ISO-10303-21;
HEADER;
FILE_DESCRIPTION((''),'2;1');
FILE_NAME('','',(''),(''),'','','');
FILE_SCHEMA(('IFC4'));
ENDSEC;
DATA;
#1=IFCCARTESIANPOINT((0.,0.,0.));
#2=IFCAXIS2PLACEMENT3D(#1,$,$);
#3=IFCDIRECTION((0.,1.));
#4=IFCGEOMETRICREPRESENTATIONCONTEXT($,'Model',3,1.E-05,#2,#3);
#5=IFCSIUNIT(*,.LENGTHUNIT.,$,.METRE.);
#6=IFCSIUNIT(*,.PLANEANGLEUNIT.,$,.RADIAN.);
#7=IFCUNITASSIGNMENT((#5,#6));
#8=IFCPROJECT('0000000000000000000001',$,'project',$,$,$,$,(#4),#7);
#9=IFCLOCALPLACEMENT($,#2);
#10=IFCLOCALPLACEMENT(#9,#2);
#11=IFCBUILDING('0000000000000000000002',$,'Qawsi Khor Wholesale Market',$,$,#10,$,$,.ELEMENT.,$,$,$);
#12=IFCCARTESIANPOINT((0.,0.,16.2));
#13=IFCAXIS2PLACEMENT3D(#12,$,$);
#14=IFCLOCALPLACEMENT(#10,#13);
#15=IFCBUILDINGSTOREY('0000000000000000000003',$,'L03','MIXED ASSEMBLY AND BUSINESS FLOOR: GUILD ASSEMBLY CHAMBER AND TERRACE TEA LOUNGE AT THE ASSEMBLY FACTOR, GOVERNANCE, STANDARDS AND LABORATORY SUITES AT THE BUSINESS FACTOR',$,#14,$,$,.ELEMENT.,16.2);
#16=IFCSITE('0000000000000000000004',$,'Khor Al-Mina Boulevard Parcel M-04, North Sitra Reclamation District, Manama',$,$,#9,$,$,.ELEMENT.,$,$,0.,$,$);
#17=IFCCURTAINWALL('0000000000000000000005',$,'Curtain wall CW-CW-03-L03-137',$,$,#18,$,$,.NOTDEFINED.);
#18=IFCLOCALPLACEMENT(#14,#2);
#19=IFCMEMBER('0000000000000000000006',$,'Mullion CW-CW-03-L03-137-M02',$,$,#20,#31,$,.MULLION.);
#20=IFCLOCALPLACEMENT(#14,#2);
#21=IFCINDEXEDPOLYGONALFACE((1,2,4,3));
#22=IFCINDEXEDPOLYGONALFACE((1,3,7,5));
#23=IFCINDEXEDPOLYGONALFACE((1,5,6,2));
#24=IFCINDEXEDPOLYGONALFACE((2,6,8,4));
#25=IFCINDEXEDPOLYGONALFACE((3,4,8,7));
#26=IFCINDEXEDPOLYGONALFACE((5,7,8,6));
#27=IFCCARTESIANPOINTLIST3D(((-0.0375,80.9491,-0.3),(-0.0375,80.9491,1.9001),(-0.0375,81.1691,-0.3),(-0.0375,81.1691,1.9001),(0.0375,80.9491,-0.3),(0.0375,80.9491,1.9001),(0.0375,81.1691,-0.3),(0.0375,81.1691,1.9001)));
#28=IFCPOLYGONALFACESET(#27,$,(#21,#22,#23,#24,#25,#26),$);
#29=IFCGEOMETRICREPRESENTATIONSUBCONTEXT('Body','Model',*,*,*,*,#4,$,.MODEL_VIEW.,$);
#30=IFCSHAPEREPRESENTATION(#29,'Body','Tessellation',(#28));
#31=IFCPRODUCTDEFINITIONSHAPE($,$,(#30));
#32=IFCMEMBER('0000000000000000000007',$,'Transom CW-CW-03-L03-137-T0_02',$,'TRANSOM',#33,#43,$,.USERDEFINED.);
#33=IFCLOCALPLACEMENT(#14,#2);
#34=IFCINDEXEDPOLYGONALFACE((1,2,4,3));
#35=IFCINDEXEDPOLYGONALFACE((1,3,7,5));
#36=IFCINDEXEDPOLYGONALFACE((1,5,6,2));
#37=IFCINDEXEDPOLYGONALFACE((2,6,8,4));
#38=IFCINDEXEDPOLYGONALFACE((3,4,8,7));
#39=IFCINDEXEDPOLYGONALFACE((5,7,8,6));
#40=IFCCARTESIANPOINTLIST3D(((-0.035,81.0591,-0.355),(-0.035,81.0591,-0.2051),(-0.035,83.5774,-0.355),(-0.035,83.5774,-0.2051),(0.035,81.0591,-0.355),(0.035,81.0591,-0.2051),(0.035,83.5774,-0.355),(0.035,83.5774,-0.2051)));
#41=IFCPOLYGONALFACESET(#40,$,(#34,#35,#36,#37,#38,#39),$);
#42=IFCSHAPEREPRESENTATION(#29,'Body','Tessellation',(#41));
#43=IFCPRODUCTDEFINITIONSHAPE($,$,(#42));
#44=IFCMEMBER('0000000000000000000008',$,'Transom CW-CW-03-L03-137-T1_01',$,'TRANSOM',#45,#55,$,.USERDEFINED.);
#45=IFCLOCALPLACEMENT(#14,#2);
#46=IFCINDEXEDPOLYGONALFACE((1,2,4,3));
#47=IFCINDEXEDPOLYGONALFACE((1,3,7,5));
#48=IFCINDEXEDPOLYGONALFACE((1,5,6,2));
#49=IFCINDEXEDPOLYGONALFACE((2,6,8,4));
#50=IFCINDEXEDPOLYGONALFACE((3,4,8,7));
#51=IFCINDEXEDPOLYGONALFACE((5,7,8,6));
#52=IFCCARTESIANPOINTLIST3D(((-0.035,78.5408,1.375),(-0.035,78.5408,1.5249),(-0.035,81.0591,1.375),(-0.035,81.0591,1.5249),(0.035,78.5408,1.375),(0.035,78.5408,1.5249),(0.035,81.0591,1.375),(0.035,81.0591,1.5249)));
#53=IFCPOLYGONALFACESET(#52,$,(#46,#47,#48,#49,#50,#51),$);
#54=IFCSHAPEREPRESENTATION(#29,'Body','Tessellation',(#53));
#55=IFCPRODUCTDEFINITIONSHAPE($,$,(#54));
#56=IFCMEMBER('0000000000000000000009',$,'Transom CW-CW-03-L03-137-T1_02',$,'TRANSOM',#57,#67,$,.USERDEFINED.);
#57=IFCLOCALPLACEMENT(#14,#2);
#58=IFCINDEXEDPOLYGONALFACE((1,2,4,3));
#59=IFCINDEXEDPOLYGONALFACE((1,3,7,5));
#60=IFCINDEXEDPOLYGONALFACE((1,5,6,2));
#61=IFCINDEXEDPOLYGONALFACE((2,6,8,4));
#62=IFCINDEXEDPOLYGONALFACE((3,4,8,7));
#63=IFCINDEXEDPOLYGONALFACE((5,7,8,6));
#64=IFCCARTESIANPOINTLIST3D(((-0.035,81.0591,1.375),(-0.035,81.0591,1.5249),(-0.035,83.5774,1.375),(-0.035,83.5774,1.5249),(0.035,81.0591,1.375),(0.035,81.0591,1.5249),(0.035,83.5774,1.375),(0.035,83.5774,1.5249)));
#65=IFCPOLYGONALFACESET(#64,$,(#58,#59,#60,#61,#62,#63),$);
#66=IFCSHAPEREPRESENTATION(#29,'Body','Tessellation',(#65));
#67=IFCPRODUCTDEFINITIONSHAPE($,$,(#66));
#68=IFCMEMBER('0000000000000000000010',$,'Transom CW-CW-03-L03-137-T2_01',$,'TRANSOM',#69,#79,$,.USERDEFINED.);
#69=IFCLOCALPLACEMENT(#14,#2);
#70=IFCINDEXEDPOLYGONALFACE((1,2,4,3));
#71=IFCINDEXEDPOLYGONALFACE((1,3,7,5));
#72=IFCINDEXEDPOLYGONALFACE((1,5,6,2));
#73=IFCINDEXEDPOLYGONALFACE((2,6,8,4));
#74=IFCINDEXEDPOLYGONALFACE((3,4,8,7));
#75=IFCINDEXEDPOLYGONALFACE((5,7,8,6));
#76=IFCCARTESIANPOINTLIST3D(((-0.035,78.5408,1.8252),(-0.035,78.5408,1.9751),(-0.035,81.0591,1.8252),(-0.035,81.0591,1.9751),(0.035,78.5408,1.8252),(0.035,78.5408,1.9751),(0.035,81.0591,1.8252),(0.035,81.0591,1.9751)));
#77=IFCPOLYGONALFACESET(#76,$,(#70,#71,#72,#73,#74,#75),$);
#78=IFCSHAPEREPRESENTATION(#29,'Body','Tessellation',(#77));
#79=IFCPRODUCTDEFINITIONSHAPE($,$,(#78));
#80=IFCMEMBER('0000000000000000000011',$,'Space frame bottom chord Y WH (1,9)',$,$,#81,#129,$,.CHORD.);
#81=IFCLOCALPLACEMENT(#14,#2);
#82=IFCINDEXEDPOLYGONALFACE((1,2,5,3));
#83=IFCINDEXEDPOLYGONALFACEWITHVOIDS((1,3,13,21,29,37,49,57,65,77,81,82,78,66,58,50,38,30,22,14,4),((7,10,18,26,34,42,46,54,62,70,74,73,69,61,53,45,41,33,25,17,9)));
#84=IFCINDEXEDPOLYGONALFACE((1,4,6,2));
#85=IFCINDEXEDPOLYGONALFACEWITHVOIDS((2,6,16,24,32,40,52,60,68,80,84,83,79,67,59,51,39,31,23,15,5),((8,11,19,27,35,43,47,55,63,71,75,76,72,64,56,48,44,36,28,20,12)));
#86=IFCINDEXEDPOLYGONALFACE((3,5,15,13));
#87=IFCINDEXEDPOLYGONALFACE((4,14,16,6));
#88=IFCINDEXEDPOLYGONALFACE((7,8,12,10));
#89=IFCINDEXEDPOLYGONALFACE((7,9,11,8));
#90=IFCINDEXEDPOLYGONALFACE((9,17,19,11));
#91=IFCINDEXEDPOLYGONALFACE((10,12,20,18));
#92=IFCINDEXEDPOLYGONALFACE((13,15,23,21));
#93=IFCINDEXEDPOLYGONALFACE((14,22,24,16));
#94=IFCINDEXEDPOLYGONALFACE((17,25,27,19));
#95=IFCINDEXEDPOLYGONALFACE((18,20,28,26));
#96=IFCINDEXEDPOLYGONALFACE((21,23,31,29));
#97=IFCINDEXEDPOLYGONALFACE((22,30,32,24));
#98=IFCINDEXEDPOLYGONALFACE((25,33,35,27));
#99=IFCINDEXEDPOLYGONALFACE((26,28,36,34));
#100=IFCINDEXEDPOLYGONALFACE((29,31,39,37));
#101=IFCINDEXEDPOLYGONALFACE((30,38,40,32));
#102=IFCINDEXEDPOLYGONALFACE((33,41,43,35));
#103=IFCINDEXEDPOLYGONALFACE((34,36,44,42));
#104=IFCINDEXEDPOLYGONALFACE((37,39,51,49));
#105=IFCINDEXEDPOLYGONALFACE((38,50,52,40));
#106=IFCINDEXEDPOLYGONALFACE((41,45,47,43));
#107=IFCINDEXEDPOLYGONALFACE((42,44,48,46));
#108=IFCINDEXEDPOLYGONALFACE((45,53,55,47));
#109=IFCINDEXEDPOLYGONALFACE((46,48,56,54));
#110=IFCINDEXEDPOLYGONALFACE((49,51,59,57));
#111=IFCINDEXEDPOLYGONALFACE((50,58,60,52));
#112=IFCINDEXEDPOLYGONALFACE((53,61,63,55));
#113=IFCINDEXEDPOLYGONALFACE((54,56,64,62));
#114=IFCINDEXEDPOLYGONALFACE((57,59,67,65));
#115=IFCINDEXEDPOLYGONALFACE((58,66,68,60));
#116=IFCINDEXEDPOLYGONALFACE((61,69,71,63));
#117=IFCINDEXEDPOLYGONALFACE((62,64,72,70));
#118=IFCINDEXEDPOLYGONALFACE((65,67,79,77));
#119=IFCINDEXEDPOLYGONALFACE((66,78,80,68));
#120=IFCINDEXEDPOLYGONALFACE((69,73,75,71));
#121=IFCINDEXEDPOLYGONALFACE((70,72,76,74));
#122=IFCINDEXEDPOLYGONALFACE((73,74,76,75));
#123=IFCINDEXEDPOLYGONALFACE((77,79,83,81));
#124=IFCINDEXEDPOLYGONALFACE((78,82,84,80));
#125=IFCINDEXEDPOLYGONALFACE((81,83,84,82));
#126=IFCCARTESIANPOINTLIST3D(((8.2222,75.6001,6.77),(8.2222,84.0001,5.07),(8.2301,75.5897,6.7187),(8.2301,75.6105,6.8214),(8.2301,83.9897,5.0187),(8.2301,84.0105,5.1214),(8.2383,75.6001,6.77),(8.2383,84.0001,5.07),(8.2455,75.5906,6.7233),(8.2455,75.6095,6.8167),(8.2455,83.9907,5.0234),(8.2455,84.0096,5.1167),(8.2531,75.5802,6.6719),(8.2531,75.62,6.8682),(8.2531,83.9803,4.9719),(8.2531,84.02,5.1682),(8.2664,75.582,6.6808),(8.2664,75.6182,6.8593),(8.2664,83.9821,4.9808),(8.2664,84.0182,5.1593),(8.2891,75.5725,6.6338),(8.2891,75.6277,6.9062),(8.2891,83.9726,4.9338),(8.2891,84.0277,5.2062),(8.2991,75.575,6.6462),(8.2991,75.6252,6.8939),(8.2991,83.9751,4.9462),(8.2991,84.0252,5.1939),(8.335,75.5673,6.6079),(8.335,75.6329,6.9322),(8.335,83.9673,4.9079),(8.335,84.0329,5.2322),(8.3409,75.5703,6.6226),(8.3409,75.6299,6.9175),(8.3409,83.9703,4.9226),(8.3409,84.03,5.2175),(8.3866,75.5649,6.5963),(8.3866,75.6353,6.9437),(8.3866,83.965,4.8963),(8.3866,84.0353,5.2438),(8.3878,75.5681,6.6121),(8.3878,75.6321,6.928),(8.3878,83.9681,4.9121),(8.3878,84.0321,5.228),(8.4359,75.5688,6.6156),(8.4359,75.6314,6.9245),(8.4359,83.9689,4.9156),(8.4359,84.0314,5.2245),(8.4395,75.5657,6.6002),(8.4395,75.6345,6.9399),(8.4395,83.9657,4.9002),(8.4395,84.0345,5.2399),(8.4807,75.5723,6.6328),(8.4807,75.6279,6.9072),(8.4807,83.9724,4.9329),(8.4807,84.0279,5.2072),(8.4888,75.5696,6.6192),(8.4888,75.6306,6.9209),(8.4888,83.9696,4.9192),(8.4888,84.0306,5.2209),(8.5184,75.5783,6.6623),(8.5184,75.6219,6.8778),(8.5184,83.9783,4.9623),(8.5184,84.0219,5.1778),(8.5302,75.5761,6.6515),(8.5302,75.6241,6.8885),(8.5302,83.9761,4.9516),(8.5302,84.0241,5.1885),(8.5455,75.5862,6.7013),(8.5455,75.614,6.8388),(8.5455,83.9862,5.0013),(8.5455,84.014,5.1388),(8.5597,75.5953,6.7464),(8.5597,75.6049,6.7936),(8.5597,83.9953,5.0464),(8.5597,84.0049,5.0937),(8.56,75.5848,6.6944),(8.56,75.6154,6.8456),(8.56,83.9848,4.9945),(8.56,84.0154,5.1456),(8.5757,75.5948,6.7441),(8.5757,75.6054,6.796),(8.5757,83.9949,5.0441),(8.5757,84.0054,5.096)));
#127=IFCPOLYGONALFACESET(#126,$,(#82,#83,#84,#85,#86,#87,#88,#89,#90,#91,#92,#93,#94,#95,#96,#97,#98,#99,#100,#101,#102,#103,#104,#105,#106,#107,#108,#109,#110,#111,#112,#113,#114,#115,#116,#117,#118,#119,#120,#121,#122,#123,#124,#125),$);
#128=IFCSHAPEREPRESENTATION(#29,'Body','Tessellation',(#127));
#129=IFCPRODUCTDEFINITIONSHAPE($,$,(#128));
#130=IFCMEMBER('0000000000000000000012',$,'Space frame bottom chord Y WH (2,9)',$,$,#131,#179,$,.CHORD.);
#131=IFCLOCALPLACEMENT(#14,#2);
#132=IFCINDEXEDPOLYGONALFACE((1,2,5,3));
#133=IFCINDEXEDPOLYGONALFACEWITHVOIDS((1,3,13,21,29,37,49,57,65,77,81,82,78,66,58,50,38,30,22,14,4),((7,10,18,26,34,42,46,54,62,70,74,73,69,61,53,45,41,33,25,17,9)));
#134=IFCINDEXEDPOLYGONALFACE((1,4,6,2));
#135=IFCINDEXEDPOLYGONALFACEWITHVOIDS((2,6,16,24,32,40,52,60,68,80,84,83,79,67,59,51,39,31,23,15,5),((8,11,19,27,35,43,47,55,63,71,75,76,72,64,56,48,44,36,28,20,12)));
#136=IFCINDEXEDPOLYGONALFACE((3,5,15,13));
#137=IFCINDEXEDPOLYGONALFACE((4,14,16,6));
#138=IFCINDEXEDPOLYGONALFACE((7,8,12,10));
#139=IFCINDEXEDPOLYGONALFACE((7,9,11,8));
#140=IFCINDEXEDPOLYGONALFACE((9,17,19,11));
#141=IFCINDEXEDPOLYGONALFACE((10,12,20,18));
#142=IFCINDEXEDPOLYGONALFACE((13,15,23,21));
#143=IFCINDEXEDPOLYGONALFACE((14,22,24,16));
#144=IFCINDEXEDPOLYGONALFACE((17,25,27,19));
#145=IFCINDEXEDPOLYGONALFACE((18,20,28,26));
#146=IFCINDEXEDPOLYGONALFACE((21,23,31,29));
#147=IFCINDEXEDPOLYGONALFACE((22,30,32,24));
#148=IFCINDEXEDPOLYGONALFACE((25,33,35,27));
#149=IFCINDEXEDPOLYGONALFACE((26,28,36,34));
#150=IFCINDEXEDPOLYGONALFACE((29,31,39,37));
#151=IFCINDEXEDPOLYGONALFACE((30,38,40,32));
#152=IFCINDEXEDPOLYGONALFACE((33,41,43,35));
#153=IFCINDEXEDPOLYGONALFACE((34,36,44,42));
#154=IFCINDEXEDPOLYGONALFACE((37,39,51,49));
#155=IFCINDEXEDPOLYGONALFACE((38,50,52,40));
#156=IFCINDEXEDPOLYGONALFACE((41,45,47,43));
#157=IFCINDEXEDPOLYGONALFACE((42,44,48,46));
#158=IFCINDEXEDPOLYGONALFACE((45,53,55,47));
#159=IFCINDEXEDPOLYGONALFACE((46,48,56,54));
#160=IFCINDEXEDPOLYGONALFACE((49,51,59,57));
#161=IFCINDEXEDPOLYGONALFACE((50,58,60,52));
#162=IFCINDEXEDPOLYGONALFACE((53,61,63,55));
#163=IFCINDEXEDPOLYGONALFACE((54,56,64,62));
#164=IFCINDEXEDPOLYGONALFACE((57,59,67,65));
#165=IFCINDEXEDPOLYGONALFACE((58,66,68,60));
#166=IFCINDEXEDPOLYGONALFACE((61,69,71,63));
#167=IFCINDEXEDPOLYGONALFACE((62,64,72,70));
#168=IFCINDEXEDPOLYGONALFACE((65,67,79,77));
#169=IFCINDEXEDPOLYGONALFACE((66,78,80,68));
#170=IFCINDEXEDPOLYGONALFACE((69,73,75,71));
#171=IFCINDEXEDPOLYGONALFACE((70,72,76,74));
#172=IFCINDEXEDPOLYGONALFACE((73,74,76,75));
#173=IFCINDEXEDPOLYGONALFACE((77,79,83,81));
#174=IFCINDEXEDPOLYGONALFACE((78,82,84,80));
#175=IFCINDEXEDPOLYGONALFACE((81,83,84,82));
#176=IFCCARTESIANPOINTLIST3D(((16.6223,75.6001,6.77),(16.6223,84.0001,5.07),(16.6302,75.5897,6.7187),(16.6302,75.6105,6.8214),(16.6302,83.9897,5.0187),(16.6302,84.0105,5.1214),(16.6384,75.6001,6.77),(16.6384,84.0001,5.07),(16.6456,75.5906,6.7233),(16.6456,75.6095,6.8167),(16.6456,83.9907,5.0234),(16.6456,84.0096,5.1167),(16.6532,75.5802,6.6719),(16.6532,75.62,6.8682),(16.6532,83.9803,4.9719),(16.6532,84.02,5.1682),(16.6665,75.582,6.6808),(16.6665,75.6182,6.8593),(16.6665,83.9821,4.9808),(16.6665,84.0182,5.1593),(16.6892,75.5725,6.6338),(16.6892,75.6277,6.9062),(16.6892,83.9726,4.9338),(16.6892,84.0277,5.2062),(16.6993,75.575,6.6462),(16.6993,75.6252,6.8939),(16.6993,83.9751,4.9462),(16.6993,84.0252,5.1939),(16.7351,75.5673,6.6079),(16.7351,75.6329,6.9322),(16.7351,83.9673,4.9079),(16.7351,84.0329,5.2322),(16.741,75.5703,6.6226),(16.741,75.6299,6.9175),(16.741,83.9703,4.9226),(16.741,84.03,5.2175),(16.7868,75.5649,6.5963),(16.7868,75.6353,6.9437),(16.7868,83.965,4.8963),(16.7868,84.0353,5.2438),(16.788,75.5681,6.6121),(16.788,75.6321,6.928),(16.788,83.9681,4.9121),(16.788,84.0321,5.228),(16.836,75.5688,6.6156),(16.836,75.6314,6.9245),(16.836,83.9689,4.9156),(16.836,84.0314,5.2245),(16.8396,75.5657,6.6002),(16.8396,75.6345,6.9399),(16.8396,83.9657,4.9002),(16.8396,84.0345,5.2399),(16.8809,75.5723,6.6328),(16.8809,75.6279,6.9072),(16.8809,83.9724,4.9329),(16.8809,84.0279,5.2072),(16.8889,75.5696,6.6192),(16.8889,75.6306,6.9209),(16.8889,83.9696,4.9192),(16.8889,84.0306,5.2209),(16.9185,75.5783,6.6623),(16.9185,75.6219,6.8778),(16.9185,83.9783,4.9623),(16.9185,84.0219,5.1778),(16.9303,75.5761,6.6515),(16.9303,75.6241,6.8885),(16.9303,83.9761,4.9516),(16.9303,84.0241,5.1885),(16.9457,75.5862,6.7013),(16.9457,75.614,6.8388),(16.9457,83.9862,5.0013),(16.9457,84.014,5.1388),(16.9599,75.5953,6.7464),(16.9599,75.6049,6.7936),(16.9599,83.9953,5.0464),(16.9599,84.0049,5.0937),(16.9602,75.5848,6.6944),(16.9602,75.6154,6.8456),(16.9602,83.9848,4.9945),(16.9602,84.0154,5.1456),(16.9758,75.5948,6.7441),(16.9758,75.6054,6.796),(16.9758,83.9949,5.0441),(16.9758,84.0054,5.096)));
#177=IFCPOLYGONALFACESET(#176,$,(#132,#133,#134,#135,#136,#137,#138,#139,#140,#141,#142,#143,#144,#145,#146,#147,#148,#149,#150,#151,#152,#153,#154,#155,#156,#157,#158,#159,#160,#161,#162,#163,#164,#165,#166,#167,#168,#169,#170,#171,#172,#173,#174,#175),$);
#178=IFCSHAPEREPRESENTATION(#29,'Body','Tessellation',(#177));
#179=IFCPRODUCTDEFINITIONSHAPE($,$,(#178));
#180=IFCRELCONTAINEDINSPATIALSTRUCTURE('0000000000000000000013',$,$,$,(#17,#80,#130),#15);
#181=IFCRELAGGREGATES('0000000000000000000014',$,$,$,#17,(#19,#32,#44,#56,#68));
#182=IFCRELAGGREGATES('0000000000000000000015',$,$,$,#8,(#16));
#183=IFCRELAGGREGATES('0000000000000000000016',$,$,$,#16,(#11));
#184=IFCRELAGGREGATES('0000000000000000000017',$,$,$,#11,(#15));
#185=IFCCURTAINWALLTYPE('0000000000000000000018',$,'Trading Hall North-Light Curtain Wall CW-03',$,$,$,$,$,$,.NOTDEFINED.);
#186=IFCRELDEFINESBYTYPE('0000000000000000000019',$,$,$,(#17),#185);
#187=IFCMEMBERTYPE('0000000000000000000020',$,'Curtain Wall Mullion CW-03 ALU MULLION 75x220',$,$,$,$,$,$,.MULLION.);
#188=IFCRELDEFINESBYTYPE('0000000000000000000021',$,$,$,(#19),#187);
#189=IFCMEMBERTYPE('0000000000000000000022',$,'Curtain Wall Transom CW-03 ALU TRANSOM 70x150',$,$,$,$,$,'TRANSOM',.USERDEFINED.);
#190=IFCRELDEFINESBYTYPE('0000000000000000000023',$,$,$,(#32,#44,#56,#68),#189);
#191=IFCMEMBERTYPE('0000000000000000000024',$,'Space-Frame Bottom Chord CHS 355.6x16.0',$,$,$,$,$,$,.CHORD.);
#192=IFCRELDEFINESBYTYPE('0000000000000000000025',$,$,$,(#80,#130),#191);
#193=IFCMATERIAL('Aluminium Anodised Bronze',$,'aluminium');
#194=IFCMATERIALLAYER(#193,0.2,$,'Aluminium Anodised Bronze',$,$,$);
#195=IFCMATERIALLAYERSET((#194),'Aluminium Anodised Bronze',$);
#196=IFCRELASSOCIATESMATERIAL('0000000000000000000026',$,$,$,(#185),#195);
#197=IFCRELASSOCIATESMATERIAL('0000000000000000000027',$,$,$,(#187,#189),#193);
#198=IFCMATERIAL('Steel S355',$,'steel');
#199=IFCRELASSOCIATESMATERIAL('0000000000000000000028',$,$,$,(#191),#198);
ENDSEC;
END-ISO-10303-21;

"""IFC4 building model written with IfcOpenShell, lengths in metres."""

from ifc_helpers import new_model, si_unit, direction, frame, origin, origin_2d, place, context, subcontext, project, spatial, rectangle, hollow_circle, extrude, material, layer, layer_set, material_profile, profile_set, type_object, element, aggregate, save


model = new_model("IFC4")

# Units and contexts
model_context = context("Model", 3, precision=1e-05, world=origin(), true_north=direction((0.0, 1.0)))
body_context = subcontext(model_context, "Body", "Model", "MODEL_VIEW")
ifc_project = project(units=[si_unit("LENGTHUNIT", "METRE"), si_unit("PLANEANGLEUNIT", "RADIAN")], contexts=[model_context])

# Site, building, storey
site_placement = place(None, origin())
site = spatial("IfcSite", under=ifc_project, at=site_placement, Name="Khor Al-Mina Boulevard Parcel M-04, North Sitra Reclamation District, Manama", CompositionType="ELEMENT", RefElevation=0.0)
building_placement = place(site_placement, origin())
building = spatial("IfcBuilding", under=site, at=building_placement, Name="Qawsi Khor Wholesale Market", CompositionType="ELEMENT")
storey_placement = place(building_placement, frame((0.0, 0.0, 16.2)))
storey = spatial("IfcBuildingStorey", under=building, at=storey_placement, Name="L03", Description="MIXED ASSEMBLY AND BUSINESS FLOOR: GUILD ASSEMBLY CHAMBER AND TERRACE TEA LOUNGE AT THE ASSEMBLY FACTOR, GOVERNANCE, STANDARDS AND LABORATORY SUITES AT THE BUSINESS FACTOR", CompositionType="ELEMENT", Elevation=16.2)

# Curtain wall, members
ifc_material_1 = material(Name="Aluminium Anodised Bronze", Category="aluminium")
ifc_layer_1 = layer(ifc_material_1, 0.2, Name="Aluminium Anodised Bronze")
ifc_layer_set_1 = layer_set([ifc_layer_1], Name="Aluminium Anodised Bronze")
curtain_wall_type = type_object("IfcCurtainWallType", Name="Trading Hall North-Light Curtain Wall CW-03", PredefinedType="NOTDEFINED", material=ifc_layer_set_1)
curtain_wall_placement = place(storey_placement, origin())
curtain_wall = element("IfcCurtainWall", 1, at=curtain_wall_placement, inside=storey, type_object=curtain_wall_type, Name="Curtain wall CW-CW-03-L03-137", PredefinedType="NOTDEFINED")
ifc_material_profile_1 = material_profile(ifc_material_1, rectangle(XDim=0.075, YDim=0.22, at=origin_2d()), Name="ALU MULLION 75x220")
ifc_profile_set_1 = profile_set([ifc_material_profile_1], Name="Aluminium Anodised Bronze")
member_type_1 = type_object("IfcMemberType", Name="Curtain Wall Mullion CW-03 ALU MULLION 75x220", PredefinedType="MULLION", material=ifc_profile_set_1)
member_1_placement = place(storey_placement, frame((0.0, 81.0591, -0.3), z_axis=(0.0, 0.0, 1.0), x_axis=(1.0, 0.0, 0.0)))
member_1 = element("IfcMember", 2, at=member_1_placement, type_object=member_type_1, Name="Mullion CW-CW-03-L03-137-M02", PredefinedType="MULLION", context=body_context, shape_type="SweptSolid", body=[
    extrude(rectangle(XDim=0.075, YDim=0.22, at=origin_2d()), origin(), (0.0, 0.0, 1.0), 2.2002),
])
ifc_material_profile_2 = material_profile(ifc_material_1, rectangle(XDim=0.0701, YDim=0.1499, at=origin_2d()), Name="ALU TRANSOM 70x150")
ifc_profile_set_2 = profile_set([ifc_material_profile_2], Name="Aluminium Anodised Bronze")
member_type_2 = type_object("IfcMemberType", Name="Curtain Wall Transom CW-03 ALU TRANSOM 70x150", ElementType="TRANSOM", PredefinedType="USERDEFINED", material=ifc_profile_set_2)
member_2_placement = place(storey_placement, frame((0.0, 81.0591, -0.28), z_axis=(0.0, 1.0, 0.0), x_axis=(-1.0, 0.0, 0.0)))
member_2 = element("IfcMember", 3, at=member_2_placement, type_object=member_type_2, Name="Transom CW-CW-03-L03-137-T0_02", ObjectType="TRANSOM", PredefinedType="USERDEFINED", context=body_context, shape_type="SweptSolid", body=[
    extrude(rectangle(XDim=0.0701, YDim=0.1499, at=origin_2d()), origin(), (0.0, 0.0, 1.0), 2.5183),
])
member_3_placement = place(storey_placement, frame((0.0, 78.5408, 1.45), z_axis=(0.0, 1.0, 0.0), x_axis=(-1.0, 0.0, 0.0)))
member_3 = element("IfcMember", 4, at=member_3_placement, type_object=member_type_2, Name="Transom CW-CW-03-L03-137-T1_01", ObjectType="TRANSOM", PredefinedType="USERDEFINED", context=body_context, shape_type="SweptSolid", body=[
    extrude(rectangle(XDim=0.0701, YDim=0.1499, at=origin_2d()), origin(), (0.0, 0.0, 1.0), 2.5183),
])
member_4_placement = place(storey_placement, frame((0.0, 81.0591, 1.45), z_axis=(0.0, 1.0, 0.0), x_axis=(-1.0, 0.0, 0.0)))
member_4 = element("IfcMember", 5, at=member_4_placement, type_object=member_type_2, Name="Transom CW-CW-03-L03-137-T1_02", ObjectType="TRANSOM", PredefinedType="USERDEFINED", context=body_context, shape_type="SweptSolid", body=[
    extrude(rectangle(XDim=0.0701, YDim=0.1499, at=origin_2d()), origin(), (0.0, 0.0, 1.0), 2.5183),
])
member_5_placement = place(storey_placement, frame((0.0, 78.5408, 1.9001), z_axis=(0.0, 1.0, 0.0), x_axis=(-1.0, 0.0, 0.0)))
member_5 = element("IfcMember", 6, at=member_5_placement, type_object=member_type_2, Name="Transom CW-CW-03-L03-137-T2_01", ObjectType="TRANSOM", PredefinedType="USERDEFINED", context=body_context, shape_type="SweptSolid", body=[
    extrude(rectangle(XDim=0.0701, YDim=0.1499, at=origin_2d()), origin(), (0.0, 0.0, 1.0), 2.5183),
])

# Members
ifc_material_2 = material(Name="Steel S355", Category="steel")
ifc_material_profile_3 = material_profile(ifc_material_2, hollow_circle(Radius=0.1777, WallThickness=0.0161, at=origin_2d()), Name="CHS 355.6x16.0")
ifc_profile_set_3 = profile_set([ifc_material_profile_3], Name="Steel S355")
member_type_3 = type_object("IfcMemberType", Name="Space-Frame Bottom Chord CHS 355.6x16.0", PredefinedType="CHORD", material=ifc_profile_set_3)
for number, where, z_axis, x_axis, name in (
    (7, (8.3999, 75.6001, 6.77), (0.0, 0.98013, -0.198356), (-1.0, 0.0, 0.0), "Space frame bottom chord Y WH (1,9)"),
    (8, (16.8, 75.6001, 6.77), (0.0, 0.98013, -0.198356), (-1.0, 0.0, 0.0), "Space frame bottom chord Y WH (2,9)"),
):
    element("IfcMember", number, at=place(storey_placement, frame(where, z_axis=z_axis, x_axis=x_axis)), inside=storey, type_object=member_type_3, Name=name, PredefinedType="CHORD", context=body_context, shape_type="SweptSolid", body=[
        extrude(hollow_circle(Radius=0.1777, WallThickness=0.0161, at=origin_2d()), origin(), (0.0, 0.0, 1.0), 8.5703),
    ])

aggregate(curtain_wall, [member_1, member_2, member_3, member_4, member_5])

save(model, "model.ifc")
